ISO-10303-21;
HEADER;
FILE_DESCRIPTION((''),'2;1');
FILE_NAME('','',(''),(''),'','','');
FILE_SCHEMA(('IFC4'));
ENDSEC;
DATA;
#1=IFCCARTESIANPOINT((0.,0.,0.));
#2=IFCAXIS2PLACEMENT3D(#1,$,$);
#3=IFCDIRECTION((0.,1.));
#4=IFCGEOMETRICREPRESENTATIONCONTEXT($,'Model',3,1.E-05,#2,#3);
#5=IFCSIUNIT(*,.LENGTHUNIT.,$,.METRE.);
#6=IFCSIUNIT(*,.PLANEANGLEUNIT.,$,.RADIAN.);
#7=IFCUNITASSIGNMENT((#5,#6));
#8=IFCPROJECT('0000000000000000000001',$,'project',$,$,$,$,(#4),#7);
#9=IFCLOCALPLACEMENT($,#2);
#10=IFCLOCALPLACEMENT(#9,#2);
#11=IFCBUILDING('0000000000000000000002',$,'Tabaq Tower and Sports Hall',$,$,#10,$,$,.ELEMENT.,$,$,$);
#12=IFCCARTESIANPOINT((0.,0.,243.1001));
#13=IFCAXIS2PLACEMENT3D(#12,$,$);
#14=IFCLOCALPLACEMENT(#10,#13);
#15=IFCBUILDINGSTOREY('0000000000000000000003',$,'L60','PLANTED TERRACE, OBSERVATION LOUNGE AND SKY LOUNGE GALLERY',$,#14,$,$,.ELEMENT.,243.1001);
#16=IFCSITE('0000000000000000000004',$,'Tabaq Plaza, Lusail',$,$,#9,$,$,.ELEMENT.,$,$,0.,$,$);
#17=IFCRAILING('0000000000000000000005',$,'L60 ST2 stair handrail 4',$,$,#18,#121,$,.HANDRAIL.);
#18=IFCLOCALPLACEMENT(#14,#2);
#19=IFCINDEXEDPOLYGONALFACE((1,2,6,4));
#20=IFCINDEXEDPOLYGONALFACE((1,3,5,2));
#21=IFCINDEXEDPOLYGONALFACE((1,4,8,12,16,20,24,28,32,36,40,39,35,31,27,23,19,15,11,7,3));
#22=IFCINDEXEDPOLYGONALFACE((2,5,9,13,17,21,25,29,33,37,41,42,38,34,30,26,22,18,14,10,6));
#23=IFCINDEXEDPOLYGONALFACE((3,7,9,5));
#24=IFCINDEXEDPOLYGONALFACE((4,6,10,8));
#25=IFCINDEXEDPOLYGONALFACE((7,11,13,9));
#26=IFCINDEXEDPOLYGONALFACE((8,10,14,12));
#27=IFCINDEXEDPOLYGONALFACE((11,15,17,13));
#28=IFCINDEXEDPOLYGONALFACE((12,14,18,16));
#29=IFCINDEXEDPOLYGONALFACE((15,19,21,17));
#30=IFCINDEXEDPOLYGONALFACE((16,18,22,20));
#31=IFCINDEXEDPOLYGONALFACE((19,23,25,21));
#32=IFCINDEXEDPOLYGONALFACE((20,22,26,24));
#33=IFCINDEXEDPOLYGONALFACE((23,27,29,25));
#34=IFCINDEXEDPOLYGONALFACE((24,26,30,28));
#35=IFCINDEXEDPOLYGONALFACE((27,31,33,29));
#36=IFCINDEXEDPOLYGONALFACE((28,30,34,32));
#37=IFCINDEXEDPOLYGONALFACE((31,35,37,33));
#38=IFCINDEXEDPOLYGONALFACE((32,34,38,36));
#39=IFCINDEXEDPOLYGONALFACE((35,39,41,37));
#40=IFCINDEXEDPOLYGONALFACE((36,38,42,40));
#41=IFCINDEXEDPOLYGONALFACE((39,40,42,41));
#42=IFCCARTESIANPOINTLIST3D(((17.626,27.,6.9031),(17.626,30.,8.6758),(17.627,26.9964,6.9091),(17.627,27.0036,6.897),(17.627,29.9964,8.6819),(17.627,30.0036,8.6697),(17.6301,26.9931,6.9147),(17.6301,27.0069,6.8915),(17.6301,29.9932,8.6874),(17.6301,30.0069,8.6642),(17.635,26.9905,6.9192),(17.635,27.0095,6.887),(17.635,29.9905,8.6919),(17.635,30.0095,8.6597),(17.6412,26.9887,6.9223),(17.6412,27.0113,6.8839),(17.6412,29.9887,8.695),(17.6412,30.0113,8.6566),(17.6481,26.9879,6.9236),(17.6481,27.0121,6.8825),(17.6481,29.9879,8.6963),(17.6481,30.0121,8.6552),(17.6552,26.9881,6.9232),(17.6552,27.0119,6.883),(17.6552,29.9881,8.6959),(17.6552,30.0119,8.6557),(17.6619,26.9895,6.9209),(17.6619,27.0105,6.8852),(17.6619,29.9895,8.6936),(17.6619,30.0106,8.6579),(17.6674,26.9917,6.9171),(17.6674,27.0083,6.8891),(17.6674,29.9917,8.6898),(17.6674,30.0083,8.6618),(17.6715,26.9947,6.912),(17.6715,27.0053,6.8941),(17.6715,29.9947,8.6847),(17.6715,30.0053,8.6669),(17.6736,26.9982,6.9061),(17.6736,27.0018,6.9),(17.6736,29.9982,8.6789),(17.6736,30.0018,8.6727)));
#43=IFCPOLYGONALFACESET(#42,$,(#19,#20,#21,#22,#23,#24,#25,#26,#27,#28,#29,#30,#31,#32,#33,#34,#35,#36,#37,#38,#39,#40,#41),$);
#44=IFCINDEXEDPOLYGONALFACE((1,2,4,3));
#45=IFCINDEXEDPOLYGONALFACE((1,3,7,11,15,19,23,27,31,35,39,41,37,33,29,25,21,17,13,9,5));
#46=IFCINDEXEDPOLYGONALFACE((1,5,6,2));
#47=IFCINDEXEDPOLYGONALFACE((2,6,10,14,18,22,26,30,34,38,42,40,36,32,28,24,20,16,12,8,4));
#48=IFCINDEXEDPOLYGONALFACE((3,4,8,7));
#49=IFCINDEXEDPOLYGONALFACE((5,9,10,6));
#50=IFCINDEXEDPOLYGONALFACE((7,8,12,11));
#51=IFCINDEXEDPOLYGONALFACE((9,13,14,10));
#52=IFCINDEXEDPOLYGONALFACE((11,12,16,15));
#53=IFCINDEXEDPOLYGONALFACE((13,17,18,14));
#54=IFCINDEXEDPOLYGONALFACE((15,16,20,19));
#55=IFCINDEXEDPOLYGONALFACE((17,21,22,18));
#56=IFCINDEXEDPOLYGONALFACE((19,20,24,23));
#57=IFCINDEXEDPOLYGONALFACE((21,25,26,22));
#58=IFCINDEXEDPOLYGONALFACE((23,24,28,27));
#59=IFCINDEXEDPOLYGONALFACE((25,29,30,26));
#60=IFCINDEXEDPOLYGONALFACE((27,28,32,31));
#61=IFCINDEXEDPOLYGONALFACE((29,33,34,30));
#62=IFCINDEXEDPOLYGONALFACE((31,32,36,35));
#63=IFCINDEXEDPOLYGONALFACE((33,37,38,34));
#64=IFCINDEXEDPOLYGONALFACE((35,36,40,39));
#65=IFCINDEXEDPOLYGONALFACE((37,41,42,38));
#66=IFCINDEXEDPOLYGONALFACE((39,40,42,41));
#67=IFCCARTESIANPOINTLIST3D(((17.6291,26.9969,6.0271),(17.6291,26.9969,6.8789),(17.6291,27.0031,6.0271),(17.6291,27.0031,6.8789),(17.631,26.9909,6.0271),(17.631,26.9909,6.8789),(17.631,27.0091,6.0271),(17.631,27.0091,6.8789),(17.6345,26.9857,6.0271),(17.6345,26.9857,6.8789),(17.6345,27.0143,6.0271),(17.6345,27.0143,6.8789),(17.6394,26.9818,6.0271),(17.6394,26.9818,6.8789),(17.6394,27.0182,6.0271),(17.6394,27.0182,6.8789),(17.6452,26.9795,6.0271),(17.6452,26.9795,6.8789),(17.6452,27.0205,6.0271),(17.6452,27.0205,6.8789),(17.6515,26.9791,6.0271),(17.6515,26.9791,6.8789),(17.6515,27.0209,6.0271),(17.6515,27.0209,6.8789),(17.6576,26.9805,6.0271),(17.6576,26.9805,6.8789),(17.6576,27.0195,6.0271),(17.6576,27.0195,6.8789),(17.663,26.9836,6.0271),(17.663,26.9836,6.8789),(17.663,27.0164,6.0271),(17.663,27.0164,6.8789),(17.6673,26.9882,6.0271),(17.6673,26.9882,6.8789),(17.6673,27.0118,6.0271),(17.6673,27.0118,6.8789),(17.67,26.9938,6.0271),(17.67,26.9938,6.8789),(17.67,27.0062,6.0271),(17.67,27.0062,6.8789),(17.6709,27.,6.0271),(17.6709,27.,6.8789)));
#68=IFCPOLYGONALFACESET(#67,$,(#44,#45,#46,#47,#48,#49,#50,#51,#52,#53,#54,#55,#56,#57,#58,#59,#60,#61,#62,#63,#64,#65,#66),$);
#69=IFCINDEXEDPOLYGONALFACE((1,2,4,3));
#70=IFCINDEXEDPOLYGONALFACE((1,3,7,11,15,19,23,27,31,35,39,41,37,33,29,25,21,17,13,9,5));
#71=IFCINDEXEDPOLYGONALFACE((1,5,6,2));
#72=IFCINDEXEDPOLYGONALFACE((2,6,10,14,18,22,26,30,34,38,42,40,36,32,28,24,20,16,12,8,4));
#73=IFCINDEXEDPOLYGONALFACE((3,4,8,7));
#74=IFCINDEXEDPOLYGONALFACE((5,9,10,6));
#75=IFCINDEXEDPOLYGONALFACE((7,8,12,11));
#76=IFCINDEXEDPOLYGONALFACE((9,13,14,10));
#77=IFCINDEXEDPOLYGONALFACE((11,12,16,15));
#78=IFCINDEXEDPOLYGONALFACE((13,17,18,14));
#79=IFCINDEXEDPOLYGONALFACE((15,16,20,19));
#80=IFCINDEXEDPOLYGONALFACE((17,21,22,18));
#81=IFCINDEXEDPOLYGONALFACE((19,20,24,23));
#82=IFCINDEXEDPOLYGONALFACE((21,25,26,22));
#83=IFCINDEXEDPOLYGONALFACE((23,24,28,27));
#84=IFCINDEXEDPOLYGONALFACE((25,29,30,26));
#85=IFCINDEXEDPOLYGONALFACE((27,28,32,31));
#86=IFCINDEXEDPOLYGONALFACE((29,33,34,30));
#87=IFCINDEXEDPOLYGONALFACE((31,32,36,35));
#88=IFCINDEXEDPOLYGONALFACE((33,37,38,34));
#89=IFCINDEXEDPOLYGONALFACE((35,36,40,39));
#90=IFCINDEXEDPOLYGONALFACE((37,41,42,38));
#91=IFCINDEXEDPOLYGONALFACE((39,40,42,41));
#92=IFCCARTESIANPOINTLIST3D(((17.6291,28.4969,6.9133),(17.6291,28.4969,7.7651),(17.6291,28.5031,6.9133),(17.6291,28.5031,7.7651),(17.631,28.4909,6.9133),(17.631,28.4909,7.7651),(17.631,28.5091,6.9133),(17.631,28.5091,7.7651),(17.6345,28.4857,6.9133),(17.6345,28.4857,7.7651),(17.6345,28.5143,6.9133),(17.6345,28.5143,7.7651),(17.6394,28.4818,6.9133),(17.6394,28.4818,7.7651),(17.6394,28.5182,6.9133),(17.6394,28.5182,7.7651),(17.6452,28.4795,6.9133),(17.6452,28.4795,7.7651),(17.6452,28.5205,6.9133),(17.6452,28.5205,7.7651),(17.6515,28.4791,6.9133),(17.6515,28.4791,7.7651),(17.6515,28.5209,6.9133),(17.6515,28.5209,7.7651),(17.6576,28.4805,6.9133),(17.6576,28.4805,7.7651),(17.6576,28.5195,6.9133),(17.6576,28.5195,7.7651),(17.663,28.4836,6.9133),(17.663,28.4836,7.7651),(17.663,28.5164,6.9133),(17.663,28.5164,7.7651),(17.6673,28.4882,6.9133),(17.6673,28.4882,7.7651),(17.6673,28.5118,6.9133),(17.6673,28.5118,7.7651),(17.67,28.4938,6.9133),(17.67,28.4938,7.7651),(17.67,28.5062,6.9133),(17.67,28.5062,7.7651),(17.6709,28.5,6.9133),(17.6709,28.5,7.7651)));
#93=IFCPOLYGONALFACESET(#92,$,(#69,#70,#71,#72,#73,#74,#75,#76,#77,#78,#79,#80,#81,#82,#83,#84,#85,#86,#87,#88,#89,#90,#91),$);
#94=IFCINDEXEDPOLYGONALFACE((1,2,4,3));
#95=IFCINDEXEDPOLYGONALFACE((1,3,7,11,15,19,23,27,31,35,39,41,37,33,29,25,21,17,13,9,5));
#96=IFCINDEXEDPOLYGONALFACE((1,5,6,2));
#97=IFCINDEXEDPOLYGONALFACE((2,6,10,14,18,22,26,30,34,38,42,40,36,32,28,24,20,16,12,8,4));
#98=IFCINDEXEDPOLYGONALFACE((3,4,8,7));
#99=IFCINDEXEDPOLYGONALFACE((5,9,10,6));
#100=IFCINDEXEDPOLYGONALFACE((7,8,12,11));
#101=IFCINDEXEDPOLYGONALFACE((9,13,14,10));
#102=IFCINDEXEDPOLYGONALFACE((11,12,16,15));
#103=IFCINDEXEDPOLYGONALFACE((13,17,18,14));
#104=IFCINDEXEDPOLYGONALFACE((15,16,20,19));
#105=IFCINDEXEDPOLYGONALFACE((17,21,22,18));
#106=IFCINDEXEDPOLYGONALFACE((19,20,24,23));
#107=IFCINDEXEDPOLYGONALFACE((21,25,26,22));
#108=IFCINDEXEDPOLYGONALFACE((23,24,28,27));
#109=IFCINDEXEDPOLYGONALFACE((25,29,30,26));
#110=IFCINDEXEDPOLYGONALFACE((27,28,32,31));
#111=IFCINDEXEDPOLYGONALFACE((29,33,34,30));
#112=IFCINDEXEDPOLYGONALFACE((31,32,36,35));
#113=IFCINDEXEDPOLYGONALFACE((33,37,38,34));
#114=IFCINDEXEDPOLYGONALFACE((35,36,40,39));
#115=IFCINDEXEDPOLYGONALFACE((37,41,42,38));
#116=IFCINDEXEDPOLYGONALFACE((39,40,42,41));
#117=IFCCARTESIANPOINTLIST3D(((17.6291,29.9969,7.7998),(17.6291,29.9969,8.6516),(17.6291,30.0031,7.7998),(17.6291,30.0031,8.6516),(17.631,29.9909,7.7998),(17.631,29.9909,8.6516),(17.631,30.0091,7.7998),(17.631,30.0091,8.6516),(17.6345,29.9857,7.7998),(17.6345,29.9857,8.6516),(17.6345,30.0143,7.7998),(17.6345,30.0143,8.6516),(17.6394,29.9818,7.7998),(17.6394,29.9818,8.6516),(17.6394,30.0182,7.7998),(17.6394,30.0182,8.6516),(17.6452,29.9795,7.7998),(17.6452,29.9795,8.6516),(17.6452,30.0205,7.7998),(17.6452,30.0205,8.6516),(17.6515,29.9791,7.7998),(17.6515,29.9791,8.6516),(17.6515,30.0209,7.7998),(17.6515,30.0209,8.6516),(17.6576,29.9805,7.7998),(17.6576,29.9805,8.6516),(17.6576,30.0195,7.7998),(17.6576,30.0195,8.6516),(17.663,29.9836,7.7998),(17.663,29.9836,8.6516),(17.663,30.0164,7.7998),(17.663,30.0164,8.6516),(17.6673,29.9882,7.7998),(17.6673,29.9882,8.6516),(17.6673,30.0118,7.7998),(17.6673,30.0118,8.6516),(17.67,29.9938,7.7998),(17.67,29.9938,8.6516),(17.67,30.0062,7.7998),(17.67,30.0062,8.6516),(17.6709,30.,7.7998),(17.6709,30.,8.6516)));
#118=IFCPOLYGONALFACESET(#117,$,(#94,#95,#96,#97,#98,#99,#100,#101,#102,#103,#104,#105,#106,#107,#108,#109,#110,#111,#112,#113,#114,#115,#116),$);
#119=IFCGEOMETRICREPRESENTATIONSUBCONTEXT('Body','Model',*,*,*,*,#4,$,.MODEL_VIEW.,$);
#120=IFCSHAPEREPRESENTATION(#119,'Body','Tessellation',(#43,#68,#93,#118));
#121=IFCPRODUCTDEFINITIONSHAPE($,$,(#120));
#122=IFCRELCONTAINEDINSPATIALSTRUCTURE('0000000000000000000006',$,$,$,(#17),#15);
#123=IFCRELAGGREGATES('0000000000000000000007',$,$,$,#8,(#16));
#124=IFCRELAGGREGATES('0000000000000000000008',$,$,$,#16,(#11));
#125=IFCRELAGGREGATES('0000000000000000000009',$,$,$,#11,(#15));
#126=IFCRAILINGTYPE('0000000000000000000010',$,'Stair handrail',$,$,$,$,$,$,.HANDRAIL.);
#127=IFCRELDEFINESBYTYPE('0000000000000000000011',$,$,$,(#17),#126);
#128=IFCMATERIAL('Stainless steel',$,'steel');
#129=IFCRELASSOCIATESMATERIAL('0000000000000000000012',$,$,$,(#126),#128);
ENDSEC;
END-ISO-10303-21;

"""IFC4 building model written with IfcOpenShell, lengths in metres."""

from ifc_helpers import new_model, si_unit, direction, frame, origin, origin_2d, place, context, subcontext, project, spatial, circle, extrude, material, type_object, element, save


model = new_model("IFC4")

# Units and contexts
model_context = context("Model", 3, precision=1e-05, world=origin(), true_north=direction((0.0, 1.0)))
body_context = subcontext(model_context, "Body", "Model", "MODEL_VIEW")
ifc_project = project(units=[si_unit("LENGTHUNIT", "METRE"), si_unit("PLANEANGLEUNIT", "RADIAN")], contexts=[model_context])

# Site, building, storey
site_placement = place(None, origin())
site = spatial("IfcSite", under=ifc_project, at=site_placement, Name="Tabaq Plaza, Lusail", CompositionType="ELEMENT", RefElevation=0.0)
building_placement = place(site_placement, origin())
building = spatial("IfcBuilding", under=site, at=building_placement, Name="Tabaq Tower and Sports Hall", CompositionType="ELEMENT")
storey_placement = place(building_placement, frame((0.0, 0.0, 243.1001)))
storey = spatial("IfcBuildingStorey", under=building, at=storey_placement, Name="L60", Description="PLANTED TERRACE, OBSERVATION LOUNGE AND SKY LOUNGE GALLERY", CompositionType="ELEMENT", Elevation=243.1001)

# Railing
ifc_material_1 = material(Name="Stainless steel", Category="steel")
railing_type_1 = type_object("IfcRailingType", Name="Stair handrail", PredefinedType="HANDRAIL", material=ifc_material_1)
railing_1_placement = place(storey_placement, frame((17.6499, 27.0, 6.0271)))
element("IfcRailing", 1, at=railing_1_placement, inside=storey, type_object=railing_type_1, Name="L60 ST2 stair handrail 4", PredefinedType="HANDRAIL", context=body_context, shape_type="SweptSolid", body=[
    extrude(circle(Radius=0.0239, at=origin_2d()), frame((0.0, 0.0, 0.876), z_axis=(0.0, 0.860929, 0.508725), x_axis=(-1.0, 0.0, 0.0)), (0.0, 0.0, 1.0), 3.4846),
    extrude(circle(Radius=0.021, at=origin_2d()), origin(), (0.0, 0.0, 1.0), 0.8518),
    extrude(circle(Radius=0.021, at=origin_2d()), frame((0.0, 1.5, 0.8862)), (0.0, 0.0, 1.0), 0.8518),
    extrude(circle(Radius=0.021, at=origin_2d()), frame((0.0, 3.0, 1.7727)), (0.0, 0.0, 1.0), 0.8518),
])

save(model, "model.ifc")
